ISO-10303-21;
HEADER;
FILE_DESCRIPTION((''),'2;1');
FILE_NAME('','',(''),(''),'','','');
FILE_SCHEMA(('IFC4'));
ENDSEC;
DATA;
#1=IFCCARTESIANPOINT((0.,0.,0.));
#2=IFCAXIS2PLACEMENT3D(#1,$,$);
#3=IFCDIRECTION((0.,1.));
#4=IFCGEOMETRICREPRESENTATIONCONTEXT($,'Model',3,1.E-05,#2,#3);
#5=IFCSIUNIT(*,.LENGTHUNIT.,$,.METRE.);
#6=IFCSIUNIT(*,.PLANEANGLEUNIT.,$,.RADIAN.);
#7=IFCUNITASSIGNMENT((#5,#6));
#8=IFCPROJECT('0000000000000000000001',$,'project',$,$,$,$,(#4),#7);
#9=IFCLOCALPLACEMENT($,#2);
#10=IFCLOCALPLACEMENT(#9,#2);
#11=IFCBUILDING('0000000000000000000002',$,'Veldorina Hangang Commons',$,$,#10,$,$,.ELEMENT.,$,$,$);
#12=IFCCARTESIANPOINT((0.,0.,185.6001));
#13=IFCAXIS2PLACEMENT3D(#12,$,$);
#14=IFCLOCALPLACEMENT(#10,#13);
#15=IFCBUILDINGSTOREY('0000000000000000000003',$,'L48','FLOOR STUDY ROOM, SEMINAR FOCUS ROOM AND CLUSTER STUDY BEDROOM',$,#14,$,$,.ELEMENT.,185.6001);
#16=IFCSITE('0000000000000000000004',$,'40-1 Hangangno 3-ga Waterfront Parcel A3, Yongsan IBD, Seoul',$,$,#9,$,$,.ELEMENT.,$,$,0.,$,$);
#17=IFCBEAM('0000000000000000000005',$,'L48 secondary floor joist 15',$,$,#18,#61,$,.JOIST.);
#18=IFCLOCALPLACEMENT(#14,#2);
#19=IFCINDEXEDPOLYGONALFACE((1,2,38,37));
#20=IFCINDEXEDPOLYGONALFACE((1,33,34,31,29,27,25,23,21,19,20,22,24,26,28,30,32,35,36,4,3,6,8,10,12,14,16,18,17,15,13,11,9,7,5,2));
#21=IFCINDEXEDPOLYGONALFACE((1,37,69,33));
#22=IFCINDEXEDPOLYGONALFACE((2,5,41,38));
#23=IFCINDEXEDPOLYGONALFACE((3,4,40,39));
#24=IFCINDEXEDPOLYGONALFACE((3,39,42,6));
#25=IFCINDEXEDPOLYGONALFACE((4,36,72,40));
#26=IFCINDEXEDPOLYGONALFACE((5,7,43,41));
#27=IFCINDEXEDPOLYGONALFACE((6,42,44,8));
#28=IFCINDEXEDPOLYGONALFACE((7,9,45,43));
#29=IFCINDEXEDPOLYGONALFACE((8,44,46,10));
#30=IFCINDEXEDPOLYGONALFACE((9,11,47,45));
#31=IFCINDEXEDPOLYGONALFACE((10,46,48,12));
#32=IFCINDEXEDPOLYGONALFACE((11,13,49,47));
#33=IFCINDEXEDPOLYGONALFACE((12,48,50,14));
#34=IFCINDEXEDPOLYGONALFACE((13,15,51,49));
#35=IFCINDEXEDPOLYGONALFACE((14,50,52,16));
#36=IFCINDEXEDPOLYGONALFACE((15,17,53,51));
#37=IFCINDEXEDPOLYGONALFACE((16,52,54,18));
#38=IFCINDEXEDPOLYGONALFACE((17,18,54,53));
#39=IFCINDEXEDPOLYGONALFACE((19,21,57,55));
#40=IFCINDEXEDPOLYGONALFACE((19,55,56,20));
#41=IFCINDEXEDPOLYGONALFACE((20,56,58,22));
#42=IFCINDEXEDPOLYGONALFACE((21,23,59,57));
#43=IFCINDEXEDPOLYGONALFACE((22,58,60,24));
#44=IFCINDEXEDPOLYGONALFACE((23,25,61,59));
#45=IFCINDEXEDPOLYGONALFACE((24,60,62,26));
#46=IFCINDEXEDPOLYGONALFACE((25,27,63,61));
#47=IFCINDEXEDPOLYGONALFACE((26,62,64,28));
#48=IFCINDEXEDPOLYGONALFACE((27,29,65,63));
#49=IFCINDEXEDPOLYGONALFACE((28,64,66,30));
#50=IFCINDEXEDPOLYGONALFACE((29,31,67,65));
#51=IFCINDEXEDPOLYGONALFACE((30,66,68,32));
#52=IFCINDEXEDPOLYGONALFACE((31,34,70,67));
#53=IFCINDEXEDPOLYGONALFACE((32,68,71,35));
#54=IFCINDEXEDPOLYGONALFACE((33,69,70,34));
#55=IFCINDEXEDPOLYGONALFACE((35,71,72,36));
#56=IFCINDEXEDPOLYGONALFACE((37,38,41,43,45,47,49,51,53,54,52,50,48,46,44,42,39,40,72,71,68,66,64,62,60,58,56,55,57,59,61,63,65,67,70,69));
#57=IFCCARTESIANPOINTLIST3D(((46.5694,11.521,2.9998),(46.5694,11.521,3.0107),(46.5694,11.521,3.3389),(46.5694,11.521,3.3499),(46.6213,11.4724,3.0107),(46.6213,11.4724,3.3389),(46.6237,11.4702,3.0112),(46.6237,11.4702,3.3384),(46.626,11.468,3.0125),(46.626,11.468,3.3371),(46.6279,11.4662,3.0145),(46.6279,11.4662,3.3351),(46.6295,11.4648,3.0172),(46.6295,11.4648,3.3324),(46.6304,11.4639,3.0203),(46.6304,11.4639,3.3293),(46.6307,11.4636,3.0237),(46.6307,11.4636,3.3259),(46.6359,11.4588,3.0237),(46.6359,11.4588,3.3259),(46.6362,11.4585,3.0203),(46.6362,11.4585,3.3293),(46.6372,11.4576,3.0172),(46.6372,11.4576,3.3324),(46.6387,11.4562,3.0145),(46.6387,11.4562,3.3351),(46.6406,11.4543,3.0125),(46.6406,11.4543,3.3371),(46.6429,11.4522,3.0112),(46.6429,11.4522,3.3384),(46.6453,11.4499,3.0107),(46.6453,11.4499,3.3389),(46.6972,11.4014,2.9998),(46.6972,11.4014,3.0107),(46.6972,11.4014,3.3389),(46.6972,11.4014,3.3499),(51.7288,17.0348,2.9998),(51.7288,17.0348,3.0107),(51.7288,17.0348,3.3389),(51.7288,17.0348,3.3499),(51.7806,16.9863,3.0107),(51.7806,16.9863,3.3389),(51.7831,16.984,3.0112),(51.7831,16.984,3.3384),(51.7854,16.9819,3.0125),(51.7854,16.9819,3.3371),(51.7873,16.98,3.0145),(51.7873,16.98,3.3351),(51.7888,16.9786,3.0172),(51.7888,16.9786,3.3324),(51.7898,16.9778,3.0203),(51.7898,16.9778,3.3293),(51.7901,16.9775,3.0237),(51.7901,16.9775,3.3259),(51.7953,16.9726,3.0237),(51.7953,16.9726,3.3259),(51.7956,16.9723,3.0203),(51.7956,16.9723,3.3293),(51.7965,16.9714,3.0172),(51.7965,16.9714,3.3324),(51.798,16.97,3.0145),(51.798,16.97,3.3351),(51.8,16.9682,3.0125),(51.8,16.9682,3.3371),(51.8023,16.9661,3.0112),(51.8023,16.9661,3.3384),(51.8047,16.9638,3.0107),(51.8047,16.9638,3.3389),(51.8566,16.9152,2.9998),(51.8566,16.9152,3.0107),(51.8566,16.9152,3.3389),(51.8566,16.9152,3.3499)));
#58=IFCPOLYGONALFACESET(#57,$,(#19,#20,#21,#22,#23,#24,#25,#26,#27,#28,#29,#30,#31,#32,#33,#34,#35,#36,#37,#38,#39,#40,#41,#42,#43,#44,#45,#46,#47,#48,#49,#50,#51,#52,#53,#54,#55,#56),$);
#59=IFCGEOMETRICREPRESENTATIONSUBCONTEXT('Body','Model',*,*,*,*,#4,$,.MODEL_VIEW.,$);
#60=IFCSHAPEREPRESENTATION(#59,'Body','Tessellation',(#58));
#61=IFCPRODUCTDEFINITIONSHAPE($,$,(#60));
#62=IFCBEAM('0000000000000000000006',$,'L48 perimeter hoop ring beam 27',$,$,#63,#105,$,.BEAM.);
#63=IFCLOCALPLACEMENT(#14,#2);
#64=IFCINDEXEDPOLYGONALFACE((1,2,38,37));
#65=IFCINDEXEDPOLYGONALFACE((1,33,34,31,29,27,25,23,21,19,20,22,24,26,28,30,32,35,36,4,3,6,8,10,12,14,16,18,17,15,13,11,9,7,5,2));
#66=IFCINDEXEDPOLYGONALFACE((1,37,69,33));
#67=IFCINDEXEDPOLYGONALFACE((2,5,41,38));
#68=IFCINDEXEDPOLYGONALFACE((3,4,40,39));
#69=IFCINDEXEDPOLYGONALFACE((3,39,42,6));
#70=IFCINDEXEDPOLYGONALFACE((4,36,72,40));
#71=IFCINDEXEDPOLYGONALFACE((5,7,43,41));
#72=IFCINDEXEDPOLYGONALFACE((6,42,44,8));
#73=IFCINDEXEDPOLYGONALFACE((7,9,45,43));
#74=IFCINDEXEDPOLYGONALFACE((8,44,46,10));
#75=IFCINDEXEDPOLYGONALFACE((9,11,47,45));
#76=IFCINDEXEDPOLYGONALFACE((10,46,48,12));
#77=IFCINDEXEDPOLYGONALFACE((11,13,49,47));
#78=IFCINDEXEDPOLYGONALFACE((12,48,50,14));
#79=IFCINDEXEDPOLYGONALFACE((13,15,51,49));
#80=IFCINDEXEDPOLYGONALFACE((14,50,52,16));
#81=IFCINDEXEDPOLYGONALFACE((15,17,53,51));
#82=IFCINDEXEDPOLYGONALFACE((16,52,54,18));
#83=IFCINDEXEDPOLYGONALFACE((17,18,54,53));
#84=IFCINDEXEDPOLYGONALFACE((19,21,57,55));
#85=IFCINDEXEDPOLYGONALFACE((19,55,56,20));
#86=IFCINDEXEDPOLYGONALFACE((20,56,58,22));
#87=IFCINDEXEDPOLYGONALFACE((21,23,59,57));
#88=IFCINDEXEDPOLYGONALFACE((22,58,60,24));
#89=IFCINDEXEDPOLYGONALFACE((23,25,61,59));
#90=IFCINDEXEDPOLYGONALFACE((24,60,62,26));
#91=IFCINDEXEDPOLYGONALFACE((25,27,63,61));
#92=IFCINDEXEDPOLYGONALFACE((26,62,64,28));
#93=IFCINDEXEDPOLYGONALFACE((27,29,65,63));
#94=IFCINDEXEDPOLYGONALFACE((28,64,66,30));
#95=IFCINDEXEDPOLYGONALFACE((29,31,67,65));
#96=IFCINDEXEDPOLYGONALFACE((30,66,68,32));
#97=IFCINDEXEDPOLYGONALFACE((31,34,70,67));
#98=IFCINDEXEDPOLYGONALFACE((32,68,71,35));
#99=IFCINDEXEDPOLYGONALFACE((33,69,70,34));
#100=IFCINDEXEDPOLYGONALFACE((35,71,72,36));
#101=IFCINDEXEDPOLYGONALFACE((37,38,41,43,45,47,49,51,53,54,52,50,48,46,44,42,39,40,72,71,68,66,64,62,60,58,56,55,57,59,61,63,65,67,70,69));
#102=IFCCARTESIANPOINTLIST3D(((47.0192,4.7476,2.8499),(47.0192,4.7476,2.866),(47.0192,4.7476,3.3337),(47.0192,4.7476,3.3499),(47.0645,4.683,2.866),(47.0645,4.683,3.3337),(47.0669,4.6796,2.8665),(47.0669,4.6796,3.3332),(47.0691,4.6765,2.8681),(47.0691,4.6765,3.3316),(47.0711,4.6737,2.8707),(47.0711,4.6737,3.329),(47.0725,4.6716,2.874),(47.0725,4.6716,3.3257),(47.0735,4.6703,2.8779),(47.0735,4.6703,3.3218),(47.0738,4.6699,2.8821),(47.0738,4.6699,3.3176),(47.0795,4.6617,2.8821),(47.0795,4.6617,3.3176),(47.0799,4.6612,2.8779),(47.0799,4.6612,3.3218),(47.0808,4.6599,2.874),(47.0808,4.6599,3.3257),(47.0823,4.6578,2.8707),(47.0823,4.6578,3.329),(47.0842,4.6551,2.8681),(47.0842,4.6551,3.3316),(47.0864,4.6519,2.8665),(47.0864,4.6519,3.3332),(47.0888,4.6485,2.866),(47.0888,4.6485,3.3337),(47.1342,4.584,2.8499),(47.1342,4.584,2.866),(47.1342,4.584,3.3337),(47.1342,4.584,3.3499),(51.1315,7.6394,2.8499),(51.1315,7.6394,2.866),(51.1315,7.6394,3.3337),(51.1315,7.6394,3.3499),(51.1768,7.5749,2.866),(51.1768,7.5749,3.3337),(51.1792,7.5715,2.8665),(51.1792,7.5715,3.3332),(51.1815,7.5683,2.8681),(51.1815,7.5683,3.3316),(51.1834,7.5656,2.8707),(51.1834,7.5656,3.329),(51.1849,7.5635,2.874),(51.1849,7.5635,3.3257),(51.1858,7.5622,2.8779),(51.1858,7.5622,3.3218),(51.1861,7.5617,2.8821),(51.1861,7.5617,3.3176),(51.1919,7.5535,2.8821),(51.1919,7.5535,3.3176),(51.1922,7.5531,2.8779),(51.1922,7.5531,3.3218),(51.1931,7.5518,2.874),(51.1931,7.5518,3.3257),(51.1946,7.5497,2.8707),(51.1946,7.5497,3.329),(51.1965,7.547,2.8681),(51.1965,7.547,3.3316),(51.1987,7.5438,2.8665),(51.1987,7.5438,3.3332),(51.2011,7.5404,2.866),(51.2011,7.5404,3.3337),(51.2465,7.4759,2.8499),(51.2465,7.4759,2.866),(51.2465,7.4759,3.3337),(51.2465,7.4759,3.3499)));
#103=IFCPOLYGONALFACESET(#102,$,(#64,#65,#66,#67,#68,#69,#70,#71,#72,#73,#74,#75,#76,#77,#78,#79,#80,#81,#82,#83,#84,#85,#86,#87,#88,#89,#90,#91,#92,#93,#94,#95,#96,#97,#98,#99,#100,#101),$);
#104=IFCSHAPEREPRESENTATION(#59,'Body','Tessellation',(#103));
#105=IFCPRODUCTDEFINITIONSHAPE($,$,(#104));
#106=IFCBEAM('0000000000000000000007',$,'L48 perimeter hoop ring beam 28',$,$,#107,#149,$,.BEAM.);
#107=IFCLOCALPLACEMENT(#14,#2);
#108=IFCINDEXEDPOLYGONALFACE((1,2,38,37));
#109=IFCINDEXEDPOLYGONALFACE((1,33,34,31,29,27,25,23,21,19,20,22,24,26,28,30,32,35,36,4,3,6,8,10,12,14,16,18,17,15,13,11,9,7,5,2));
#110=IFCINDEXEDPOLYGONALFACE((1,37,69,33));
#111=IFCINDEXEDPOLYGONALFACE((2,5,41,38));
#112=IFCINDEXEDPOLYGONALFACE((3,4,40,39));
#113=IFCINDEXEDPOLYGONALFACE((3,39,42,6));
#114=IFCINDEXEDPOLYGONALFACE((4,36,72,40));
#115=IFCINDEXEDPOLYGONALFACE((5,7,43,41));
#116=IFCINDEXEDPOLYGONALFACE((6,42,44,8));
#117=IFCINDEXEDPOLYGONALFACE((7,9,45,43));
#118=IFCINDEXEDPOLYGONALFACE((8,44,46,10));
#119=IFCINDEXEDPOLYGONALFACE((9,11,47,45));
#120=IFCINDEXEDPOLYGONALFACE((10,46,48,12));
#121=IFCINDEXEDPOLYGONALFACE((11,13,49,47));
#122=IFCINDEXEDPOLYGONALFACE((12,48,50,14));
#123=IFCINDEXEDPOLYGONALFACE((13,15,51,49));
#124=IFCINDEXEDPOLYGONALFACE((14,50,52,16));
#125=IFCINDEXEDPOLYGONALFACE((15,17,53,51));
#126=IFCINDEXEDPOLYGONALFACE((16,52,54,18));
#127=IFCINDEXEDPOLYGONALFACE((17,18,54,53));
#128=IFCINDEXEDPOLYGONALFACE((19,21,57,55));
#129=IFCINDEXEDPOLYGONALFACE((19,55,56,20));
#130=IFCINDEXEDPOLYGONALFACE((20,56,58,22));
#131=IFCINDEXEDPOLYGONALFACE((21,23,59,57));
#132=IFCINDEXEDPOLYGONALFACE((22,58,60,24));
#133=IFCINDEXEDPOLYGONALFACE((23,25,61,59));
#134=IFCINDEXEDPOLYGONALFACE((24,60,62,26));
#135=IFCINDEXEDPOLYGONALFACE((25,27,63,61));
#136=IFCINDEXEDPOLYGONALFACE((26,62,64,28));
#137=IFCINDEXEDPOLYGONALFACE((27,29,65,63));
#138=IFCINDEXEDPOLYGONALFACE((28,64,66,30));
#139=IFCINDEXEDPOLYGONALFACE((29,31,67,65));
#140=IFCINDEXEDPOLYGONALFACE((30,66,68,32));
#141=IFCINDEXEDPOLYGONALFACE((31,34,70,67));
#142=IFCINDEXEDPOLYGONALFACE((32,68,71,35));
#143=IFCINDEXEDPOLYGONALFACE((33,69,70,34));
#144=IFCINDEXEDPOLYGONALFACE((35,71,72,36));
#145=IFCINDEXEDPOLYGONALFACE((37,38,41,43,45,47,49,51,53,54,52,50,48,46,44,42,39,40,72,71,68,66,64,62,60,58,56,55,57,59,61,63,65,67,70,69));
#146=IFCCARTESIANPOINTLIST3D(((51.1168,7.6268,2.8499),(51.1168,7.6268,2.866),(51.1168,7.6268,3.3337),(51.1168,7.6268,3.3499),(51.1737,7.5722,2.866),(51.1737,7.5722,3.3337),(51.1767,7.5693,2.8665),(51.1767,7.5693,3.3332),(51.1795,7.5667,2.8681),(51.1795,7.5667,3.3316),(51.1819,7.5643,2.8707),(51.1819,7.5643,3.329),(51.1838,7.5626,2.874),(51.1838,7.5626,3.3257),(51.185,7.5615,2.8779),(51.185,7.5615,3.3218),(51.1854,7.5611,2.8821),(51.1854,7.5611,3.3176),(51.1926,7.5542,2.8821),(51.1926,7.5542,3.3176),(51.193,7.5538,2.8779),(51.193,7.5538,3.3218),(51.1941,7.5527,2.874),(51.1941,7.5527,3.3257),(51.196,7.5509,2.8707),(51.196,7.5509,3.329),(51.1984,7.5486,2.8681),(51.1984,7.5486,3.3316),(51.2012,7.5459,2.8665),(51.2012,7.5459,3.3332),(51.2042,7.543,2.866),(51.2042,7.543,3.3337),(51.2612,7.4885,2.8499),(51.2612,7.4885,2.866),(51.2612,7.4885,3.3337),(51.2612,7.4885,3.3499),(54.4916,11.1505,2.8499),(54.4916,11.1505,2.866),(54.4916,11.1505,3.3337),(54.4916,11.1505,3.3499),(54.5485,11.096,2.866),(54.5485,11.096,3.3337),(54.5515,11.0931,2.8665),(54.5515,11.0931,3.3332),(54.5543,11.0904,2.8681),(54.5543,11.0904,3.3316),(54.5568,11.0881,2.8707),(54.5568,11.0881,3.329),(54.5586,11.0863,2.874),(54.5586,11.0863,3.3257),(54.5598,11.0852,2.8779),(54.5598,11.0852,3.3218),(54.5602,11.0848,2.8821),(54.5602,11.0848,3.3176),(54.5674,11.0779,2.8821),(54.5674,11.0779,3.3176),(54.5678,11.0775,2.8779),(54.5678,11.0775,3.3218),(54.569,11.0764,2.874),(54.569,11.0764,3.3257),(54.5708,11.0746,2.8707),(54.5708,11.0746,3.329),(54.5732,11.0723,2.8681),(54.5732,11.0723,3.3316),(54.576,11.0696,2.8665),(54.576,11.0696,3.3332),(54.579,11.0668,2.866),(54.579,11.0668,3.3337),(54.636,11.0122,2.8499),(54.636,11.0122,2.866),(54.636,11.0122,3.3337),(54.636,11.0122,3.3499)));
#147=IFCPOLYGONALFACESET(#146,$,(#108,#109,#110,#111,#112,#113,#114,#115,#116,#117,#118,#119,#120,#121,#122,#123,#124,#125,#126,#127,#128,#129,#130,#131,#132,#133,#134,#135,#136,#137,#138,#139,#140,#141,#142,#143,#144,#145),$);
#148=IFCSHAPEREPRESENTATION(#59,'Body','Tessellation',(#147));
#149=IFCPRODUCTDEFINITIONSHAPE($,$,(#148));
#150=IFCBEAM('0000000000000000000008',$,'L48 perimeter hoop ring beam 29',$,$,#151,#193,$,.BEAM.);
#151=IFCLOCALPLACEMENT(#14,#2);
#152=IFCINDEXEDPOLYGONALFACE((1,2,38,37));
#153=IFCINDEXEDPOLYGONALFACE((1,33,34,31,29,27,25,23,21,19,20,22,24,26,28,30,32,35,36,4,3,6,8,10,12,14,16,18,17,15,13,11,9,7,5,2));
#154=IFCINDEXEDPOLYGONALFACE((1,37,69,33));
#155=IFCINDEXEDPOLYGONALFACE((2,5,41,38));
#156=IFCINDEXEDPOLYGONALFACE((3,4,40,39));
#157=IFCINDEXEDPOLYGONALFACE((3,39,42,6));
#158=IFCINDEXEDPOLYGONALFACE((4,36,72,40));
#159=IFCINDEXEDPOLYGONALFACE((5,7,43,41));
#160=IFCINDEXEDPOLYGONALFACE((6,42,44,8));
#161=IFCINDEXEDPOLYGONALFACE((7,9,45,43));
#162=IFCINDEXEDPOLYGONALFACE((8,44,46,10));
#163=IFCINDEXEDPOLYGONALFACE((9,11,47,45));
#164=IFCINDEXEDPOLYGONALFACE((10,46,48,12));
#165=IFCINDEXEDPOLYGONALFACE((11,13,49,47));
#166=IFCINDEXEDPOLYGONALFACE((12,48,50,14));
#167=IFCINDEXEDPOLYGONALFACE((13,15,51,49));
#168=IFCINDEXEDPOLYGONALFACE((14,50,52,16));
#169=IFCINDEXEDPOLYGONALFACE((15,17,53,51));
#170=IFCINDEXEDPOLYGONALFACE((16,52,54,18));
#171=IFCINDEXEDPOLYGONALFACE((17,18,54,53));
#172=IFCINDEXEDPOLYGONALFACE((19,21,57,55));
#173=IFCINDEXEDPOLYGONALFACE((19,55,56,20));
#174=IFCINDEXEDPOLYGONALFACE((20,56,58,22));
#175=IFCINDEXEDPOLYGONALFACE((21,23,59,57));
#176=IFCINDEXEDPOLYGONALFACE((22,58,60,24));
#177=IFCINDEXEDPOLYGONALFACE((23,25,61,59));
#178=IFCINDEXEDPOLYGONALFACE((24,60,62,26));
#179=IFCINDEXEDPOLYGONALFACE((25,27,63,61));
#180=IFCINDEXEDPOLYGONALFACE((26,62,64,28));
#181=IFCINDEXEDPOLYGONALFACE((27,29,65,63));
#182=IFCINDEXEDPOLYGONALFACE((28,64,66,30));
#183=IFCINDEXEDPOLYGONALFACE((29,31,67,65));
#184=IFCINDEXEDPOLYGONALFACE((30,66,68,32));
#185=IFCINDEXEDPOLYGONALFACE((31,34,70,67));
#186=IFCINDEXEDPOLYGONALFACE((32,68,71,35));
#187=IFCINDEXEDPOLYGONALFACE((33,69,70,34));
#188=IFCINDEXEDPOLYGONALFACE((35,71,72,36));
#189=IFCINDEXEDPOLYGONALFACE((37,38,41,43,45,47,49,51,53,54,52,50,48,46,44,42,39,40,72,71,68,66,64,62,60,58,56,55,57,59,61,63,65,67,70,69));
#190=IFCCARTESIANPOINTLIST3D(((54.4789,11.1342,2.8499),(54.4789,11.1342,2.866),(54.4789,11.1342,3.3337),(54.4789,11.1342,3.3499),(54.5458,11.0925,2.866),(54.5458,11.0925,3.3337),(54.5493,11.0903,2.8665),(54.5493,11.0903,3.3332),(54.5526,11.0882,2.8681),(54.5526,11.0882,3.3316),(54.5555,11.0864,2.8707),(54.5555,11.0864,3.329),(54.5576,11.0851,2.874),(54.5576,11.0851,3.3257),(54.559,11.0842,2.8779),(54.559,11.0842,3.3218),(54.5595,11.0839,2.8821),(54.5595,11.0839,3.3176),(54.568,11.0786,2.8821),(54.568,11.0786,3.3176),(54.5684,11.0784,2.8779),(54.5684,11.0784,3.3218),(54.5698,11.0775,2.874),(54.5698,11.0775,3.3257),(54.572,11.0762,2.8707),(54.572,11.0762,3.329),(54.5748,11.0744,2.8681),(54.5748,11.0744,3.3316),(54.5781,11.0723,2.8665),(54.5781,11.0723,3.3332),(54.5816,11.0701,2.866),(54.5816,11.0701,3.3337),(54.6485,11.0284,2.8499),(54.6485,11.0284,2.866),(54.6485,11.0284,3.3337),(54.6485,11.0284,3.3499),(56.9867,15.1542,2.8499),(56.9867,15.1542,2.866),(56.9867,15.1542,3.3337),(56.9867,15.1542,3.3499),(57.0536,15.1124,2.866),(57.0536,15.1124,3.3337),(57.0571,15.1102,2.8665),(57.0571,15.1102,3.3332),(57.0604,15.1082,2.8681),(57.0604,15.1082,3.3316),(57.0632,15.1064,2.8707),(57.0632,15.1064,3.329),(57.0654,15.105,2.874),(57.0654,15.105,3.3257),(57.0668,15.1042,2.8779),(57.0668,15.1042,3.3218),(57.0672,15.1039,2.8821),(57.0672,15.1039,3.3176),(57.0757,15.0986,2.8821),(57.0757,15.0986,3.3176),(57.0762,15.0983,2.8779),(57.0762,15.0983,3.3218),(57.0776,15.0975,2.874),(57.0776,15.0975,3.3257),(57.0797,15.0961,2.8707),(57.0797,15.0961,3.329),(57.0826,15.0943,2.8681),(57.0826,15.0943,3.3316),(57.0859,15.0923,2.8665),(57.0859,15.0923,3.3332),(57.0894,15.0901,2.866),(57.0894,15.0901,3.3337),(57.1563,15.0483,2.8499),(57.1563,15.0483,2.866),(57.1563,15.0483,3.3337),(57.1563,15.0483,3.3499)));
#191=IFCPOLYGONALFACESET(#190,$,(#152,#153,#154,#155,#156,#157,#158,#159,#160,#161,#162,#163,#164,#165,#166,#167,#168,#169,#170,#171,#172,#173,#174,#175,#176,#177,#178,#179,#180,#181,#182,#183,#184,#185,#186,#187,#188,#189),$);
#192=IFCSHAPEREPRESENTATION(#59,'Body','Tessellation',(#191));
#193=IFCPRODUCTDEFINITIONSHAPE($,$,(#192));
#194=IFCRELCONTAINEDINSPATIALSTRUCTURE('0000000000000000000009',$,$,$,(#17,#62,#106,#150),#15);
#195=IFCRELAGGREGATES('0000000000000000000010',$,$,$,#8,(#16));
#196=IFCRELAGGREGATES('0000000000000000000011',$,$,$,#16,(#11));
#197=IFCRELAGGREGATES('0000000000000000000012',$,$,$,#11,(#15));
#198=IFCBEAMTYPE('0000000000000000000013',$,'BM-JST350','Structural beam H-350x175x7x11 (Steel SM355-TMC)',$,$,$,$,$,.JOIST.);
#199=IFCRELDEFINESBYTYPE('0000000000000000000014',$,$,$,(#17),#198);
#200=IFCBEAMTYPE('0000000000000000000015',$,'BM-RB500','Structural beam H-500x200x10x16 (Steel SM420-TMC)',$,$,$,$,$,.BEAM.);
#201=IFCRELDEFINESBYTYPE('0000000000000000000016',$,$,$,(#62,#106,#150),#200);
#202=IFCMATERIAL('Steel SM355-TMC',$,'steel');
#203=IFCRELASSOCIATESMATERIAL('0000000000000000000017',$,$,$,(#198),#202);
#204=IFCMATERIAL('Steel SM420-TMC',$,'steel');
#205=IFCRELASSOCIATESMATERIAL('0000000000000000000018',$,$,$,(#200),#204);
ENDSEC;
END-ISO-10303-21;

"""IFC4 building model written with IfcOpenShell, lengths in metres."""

from ifc_helpers import new_model, si_unit, direction, frame, origin, origin_2d, place, context, subcontext, project, spatial, i_section, extrude, material, material_profile, profile_set, type_object, element, save


model = new_model("IFC4")

# Units and contexts
model_context = context("Model", 3, precision=1e-05, world=origin(), true_north=direction((0.0, 1.0)))
body_context = subcontext(model_context, "Body", "Model", "MODEL_VIEW")
ifc_project = project(units=[si_unit("LENGTHUNIT", "METRE"), si_unit("PLANEANGLEUNIT", "RADIAN")], contexts=[model_context])

# Site, building, storey
site_placement = place(None, origin())
site = spatial("IfcSite", under=ifc_project, at=site_placement, Name="40-1 Hangangno 3-ga Waterfront Parcel A3, Yongsan IBD, Seoul", CompositionType="ELEMENT", RefElevation=0.0)
building_placement = place(site_placement, origin())
building = spatial("IfcBuilding", under=site, at=building_placement, Name="Veldorina Hangang Commons", CompositionType="ELEMENT")
storey_placement = place(building_placement, frame((0.0, 0.0, 185.6001)))
storey = spatial("IfcBuildingStorey", under=building, at=storey_placement, Name="L48", Description="FLOOR STUDY ROOM, SEMINAR FOCUS ROOM AND CLUSTER STUDY BEDROOM", CompositionType="ELEMENT", Elevation=185.6001)

# Beams
ifc_material_1 = material(Name="Steel SM355-TMC", Category="steel")
ifc_material_profile_1 = material_profile(ifc_material_1, i_section(OverallWidth=0.175, OverallDepth=0.3501, WebThickness=0.0071, FlangeThickness=0.011, FilletRadius=0.0129, at=origin_2d()), Name="H-350x175x7x11")
ifc_profile_set_1 = profile_set([ifc_material_profile_1], Name="Steel SM355-TMC")
beam_type_1 = type_object("IfcBeamType", Name="BM-JST350", Description="Structural beam H-350x175x7x11 (Steel SM355-TMC)", PredefinedType="JOIST", material=ifc_profile_set_1)
beam_1_placement = place(storey_placement, frame((46.6333, 11.4612, 3.1748), z_axis=(0.683245, 0.730189, 0.0), x_axis=(-0.730189, 0.683245, 0.0)))
element("IfcBeam", 1, at=beam_1_placement, inside=storey, type_object=beam_type_1, Name="L48 secondary floor joist 15", PredefinedType="JOIST", context=body_context, shape_type="SweptSolid", body=[
    extrude(i_section(OverallWidth=0.175, OverallDepth=0.3501, WebThickness=0.0071, FlangeThickness=0.011, FilletRadius=0.0129, at=origin_2d()), origin(), (0.0, 0.0, 1.0), 7.5513),
])
ifc_material_2 = material(Name="Steel SM420-TMC", Category="steel")
ifc_material_profile_2 = material_profile(ifc_material_2, i_section(OverallWidth=0.2, OverallDepth=0.5, WebThickness=0.01, FlangeThickness=0.0161, FilletRadius=0.0161, at=origin_2d()), Name="H-500x200x10x16")
ifc_profile_set_2 = profile_set([ifc_material_profile_2], Name="Steel SM420-TMC")
beam_type_2 = type_object("IfcBeamType", Name="BM-RB500", Description="Structural beam H-500x200x10x16 (Steel SM420-TMC)", PredefinedType="BEAM", material=ifc_profile_set_2)
beam_2_placement = place(storey_placement, frame((47.0767, 4.6658, 3.0999), z_axis=(0.817993, 0.575228, 0.0), x_axis=(-0.575228, 0.817993, 0.0)))
element("IfcBeam", 2, at=beam_2_placement, inside=storey, type_object=beam_type_2, Name="L48 perimeter hoop ring beam 27", PredefinedType="BEAM", context=body_context, shape_type="SweptSolid", body=[
    extrude(i_section(OverallWidth=0.2, OverallDepth=0.5, WebThickness=0.01, FlangeThickness=0.0161, FilletRadius=0.0161, at=origin_2d()), origin(), (0.0, 0.0, 1.0), 5.0273),
])
beam_3_placement = place(storey_placement, frame((51.189, 7.5576, 3.0999), z_axis=(0.69168, 0.722204, 0.0), x_axis=(-0.722204, 0.69168, 0.0)))
element("IfcBeam", 3, at=beam_3_placement, inside=storey, type_object=beam_type_2, Name="L48 perimeter hoop ring beam 28", PredefinedType="BEAM", context=body_context, shape_type="SweptSolid", body=[
    extrude(i_section(OverallWidth=0.2, OverallDepth=0.5, WebThickness=0.01, FlangeThickness=0.0161, FilletRadius=0.0161, at=origin_2d()), origin(), (0.0, 0.0, 1.0), 4.8792),
])
beam_4_placement = place(storey_placement, frame((54.5637, 11.0813, 3.0999), z_axis=(0.529285, 0.848444, 0.0), x_axis=(-0.848444, 0.529285, 0.0)))
element("IfcBeam", 4, at=beam_4_placement, inside=storey, type_object=beam_type_2, Name="L48 perimeter hoop ring beam 29", PredefinedType="BEAM", context=body_context, shape_type="SweptSolid", body=[
    extrude(i_section(OverallWidth=0.2, OverallDepth=0.5, WebThickness=0.01, FlangeThickness=0.0161, FilletRadius=0.0161, at=origin_2d()), origin(), (0.0, 0.0, 1.0), 4.738),
])

save(model, "model.ifc")
